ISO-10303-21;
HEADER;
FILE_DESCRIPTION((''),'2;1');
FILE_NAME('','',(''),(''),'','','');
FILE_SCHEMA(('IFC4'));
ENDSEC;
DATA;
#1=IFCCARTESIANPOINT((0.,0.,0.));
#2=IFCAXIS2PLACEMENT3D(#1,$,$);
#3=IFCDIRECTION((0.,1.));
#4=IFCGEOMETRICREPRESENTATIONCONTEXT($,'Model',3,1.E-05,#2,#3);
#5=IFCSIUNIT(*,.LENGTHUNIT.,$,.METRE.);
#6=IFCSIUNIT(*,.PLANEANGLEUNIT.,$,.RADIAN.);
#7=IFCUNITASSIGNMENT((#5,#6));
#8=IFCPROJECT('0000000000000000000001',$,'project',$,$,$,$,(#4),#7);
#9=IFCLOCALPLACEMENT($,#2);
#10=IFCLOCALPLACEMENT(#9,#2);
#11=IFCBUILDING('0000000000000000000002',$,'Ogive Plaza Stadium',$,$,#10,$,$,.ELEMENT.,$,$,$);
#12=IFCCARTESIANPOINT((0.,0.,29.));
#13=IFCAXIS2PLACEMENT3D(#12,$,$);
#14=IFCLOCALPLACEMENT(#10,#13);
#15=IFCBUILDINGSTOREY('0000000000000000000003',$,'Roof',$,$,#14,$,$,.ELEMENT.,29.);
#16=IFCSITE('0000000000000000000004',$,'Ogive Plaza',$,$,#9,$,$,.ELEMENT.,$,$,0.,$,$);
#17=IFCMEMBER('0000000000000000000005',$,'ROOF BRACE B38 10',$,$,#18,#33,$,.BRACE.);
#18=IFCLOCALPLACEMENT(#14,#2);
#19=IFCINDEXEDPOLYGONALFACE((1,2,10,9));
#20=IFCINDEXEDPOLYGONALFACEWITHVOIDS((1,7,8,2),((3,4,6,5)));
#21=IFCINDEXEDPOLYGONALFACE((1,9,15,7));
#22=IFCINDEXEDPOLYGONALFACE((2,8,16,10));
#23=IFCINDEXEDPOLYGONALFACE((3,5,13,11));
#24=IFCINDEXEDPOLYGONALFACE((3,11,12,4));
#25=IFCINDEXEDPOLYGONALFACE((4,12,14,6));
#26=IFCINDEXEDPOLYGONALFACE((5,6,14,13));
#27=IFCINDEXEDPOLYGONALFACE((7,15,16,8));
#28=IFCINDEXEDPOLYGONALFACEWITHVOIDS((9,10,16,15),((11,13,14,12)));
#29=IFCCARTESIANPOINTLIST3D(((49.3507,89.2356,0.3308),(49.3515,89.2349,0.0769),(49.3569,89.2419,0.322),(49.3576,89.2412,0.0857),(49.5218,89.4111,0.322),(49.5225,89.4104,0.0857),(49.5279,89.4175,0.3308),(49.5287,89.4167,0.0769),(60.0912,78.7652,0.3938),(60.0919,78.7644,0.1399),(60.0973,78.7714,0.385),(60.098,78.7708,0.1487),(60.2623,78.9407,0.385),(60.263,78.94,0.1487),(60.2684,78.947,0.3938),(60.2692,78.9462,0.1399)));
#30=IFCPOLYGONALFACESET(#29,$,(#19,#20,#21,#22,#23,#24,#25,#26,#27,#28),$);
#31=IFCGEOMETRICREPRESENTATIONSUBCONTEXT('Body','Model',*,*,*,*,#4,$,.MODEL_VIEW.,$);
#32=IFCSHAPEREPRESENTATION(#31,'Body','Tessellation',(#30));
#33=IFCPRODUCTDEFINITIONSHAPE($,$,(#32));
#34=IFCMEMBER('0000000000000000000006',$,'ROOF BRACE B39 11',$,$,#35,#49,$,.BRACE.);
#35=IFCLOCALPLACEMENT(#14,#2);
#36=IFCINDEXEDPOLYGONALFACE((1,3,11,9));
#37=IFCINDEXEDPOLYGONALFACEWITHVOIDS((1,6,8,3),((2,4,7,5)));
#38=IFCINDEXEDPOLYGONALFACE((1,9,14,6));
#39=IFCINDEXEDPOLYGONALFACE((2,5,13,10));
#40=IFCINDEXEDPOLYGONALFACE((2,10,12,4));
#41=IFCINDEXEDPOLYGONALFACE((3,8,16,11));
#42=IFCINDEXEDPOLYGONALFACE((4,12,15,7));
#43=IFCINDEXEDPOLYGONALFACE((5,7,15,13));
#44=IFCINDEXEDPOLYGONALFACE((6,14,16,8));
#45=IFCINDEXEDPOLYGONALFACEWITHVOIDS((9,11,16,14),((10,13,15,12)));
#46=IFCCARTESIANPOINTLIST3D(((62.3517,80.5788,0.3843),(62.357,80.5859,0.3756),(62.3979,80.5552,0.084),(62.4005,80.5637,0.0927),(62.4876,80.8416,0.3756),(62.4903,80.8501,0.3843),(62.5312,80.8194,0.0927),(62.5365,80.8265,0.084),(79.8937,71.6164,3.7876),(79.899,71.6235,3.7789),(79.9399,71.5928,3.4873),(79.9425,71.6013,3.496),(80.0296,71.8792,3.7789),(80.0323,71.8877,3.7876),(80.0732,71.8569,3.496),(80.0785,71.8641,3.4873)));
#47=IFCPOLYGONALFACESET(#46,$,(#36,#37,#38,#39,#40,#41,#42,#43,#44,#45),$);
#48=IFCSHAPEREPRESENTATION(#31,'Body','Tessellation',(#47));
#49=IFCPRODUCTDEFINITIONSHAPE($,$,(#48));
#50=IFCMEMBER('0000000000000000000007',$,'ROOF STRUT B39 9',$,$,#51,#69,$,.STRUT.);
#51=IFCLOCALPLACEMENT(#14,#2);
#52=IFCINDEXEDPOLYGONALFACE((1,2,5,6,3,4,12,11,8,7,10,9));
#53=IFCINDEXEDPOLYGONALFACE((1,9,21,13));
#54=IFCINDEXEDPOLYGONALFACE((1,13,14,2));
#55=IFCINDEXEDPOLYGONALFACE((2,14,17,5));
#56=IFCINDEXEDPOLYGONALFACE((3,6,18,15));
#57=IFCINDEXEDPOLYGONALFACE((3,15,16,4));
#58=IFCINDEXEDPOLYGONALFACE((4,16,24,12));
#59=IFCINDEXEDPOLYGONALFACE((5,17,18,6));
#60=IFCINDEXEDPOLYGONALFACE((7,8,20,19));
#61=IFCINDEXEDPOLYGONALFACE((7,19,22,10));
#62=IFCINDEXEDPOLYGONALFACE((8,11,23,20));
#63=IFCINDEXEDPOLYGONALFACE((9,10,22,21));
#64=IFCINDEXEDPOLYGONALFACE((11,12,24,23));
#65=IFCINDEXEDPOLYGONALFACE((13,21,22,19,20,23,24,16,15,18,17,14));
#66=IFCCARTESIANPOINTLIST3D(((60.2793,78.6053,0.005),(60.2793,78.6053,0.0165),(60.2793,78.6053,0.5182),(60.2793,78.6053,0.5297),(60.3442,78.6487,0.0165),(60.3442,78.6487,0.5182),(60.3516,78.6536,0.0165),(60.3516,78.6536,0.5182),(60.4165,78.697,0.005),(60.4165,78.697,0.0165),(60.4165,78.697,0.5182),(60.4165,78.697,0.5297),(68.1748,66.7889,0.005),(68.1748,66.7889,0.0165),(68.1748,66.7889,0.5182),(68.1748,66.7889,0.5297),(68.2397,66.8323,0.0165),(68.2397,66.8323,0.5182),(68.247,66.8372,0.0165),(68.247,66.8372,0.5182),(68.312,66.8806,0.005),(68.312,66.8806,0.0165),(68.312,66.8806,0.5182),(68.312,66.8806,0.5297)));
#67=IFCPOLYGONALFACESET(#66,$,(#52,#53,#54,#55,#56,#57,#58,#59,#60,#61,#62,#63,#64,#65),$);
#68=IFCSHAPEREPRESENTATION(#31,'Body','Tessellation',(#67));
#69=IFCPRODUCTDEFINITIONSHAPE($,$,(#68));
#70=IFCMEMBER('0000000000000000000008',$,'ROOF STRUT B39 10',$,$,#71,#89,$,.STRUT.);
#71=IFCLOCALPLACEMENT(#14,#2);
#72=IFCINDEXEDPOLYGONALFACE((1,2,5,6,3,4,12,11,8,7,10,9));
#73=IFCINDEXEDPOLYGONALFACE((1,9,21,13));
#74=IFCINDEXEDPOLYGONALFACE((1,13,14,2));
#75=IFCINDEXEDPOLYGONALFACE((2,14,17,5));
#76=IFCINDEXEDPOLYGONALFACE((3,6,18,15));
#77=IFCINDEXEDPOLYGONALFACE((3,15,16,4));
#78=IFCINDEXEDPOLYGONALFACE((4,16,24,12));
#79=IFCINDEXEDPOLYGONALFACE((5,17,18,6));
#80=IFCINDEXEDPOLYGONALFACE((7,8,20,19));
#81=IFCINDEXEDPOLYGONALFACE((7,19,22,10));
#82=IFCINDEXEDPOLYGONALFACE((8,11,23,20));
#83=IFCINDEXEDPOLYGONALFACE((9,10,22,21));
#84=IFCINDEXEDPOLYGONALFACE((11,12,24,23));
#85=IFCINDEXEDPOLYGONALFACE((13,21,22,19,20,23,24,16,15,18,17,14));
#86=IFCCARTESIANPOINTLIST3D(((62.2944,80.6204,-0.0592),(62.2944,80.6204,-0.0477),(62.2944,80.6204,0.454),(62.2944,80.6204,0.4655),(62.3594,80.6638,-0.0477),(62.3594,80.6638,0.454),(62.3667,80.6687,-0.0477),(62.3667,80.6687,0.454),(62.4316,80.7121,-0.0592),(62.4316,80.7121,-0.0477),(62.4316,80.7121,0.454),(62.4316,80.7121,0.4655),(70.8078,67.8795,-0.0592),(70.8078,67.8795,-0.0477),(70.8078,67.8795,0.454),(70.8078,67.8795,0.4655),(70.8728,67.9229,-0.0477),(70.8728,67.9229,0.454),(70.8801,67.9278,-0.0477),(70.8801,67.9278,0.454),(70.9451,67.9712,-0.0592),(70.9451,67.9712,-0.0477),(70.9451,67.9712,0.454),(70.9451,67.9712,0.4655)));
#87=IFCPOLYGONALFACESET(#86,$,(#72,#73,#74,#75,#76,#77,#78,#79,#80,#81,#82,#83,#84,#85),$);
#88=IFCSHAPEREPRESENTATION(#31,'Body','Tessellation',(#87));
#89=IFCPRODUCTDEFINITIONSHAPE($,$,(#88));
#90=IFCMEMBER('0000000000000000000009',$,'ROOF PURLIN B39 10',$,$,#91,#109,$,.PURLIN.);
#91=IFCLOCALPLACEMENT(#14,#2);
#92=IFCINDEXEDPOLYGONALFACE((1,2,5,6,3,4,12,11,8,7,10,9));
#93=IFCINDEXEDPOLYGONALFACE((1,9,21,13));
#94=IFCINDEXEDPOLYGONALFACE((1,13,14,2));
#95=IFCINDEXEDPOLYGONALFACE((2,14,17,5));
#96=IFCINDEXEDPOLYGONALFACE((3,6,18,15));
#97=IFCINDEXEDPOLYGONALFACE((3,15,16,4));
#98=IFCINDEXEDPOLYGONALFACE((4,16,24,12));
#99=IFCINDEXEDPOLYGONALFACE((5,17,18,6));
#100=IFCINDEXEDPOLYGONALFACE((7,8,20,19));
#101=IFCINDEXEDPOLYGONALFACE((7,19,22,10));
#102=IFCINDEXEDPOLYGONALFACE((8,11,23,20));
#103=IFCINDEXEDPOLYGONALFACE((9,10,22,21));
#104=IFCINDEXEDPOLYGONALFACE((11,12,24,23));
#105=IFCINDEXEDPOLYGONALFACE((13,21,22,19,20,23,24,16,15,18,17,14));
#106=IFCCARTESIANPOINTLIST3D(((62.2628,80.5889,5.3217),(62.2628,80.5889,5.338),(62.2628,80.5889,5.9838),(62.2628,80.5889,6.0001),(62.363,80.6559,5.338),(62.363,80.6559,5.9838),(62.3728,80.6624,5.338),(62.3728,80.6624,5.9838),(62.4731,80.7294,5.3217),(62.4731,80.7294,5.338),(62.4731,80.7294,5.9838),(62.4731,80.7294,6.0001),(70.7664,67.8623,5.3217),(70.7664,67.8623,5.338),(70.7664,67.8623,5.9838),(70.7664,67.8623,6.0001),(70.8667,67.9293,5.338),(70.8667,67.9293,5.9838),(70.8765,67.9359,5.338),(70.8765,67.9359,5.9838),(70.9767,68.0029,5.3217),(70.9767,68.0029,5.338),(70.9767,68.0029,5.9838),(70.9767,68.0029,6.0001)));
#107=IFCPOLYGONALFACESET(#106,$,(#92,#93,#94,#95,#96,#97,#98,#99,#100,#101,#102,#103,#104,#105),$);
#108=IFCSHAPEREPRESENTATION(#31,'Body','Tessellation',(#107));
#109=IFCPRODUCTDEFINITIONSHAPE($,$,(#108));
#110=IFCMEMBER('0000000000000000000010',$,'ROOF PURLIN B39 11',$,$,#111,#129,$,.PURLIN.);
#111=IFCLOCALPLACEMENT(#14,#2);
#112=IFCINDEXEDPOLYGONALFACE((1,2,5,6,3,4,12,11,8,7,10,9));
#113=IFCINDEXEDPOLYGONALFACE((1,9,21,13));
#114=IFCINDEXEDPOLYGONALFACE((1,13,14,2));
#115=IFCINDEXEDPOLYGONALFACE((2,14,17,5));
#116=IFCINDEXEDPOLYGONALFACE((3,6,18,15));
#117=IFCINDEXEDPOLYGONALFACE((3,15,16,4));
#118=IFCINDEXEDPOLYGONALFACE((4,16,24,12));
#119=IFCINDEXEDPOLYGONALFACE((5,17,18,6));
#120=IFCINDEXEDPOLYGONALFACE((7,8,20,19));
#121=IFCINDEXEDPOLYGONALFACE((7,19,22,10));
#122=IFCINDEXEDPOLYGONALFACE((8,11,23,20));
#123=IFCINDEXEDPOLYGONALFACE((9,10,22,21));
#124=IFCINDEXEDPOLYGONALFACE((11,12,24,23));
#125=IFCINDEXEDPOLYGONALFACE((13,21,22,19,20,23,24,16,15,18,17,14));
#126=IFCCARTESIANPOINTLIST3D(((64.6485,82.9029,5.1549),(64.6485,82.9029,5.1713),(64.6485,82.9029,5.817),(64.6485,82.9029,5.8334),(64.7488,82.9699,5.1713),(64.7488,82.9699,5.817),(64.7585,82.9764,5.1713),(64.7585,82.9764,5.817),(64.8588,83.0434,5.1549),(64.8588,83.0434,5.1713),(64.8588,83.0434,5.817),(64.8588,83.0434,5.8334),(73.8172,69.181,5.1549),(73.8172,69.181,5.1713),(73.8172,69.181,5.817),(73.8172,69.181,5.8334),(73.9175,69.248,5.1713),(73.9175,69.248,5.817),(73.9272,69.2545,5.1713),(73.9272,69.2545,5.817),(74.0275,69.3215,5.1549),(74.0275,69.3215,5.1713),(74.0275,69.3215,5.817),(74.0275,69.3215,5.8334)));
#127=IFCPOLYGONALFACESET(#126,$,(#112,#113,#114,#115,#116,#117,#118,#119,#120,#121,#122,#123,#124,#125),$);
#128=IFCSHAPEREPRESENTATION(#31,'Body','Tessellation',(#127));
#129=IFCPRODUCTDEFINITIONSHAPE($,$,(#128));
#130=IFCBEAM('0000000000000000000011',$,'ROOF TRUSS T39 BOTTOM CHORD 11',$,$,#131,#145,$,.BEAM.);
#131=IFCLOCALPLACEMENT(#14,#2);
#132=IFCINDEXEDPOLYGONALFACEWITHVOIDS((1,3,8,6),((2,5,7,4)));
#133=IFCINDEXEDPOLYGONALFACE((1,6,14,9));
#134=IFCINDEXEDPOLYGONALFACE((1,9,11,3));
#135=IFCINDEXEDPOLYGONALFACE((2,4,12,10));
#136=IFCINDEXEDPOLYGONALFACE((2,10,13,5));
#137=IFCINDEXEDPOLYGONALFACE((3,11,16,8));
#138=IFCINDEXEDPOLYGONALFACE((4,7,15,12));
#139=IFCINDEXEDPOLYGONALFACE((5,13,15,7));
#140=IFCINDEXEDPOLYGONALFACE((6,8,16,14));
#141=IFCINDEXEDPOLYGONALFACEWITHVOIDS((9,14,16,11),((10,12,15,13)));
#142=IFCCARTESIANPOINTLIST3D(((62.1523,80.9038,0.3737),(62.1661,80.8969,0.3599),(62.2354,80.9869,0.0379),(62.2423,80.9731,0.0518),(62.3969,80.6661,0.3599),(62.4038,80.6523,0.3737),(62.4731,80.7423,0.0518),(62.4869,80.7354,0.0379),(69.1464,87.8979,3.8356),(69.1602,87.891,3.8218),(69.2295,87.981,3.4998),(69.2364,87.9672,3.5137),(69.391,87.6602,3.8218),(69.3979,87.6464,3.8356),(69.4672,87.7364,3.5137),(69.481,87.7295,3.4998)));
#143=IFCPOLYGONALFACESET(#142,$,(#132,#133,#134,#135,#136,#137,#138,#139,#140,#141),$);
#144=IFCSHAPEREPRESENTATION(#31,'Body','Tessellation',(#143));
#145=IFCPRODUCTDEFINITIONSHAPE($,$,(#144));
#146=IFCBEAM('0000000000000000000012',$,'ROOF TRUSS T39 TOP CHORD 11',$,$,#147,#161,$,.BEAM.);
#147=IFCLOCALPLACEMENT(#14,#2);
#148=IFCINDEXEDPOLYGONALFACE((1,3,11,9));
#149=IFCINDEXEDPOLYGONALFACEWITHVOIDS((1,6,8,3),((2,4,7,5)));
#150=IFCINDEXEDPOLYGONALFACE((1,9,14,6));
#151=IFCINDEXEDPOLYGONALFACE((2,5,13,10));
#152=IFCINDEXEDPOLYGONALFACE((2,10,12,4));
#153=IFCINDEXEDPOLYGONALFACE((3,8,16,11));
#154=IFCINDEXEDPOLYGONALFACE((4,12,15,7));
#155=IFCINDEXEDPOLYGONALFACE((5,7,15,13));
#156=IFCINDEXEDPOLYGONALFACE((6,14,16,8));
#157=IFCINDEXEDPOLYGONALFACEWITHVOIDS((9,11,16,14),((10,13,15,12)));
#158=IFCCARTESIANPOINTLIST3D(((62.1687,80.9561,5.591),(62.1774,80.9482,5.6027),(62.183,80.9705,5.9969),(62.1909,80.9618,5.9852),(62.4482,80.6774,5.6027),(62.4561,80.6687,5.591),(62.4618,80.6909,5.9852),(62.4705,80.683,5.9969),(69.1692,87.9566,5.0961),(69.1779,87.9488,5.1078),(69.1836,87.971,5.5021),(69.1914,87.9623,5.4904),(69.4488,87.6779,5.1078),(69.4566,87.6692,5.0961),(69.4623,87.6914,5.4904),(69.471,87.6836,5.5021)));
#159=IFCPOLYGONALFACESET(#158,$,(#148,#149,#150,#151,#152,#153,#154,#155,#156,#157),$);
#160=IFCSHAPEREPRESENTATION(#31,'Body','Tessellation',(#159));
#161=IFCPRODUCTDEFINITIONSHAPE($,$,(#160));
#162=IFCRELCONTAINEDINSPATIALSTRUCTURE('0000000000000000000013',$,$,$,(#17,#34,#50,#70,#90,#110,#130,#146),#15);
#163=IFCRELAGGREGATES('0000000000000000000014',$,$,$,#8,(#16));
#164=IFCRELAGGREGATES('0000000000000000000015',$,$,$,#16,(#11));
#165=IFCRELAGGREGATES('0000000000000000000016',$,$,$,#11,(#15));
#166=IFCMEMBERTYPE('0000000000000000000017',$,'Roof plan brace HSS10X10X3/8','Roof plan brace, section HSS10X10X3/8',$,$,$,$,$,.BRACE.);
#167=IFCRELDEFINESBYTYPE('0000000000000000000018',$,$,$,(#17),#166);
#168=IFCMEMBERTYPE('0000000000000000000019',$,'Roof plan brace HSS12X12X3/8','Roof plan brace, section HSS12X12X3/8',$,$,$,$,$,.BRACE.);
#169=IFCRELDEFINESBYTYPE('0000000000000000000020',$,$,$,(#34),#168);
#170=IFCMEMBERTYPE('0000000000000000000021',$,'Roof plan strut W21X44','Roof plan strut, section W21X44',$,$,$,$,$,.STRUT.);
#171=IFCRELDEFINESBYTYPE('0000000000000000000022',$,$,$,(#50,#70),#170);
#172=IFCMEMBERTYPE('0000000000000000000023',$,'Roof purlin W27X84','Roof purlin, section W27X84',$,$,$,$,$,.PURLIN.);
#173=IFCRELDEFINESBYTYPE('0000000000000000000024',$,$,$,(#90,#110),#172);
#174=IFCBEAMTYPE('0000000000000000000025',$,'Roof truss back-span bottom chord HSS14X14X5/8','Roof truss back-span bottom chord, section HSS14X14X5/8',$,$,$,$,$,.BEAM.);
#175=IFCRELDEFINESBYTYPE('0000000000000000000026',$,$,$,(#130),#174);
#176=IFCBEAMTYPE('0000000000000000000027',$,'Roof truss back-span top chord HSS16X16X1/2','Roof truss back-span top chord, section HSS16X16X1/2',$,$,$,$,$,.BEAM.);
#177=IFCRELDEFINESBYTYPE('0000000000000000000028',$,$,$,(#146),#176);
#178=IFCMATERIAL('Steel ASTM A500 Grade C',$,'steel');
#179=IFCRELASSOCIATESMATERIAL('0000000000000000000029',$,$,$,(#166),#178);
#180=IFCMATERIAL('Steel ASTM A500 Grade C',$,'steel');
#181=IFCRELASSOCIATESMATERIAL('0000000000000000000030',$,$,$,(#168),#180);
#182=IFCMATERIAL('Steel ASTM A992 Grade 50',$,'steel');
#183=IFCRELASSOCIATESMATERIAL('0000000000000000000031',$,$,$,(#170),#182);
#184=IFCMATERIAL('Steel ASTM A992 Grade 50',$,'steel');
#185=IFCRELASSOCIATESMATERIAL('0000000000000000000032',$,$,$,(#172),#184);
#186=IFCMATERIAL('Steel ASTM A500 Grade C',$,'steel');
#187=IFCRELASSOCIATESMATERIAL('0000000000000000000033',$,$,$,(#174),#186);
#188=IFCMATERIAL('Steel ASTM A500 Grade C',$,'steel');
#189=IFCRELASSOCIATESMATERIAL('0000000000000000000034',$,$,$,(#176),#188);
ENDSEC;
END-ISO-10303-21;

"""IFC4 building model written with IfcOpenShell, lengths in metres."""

from ifc_helpers import new_model, si_unit, direction, frame, origin, origin_2d, place, context, subcontext, project, spatial, hollow_rectangle, i_section, extrude, material, material_profile, profile_set, type_object, element, save


model = new_model("IFC4")

# Units and contexts
model_context = context("Model", 3, precision=1e-05, world=origin(), true_north=direction((0.0, 1.0)))
body_context = subcontext(model_context, "Body", "Model", "MODEL_VIEW")
ifc_project = project(units=[si_unit("LENGTHUNIT", "METRE"), si_unit("PLANEANGLEUNIT", "RADIAN")], contexts=[model_context])

# Site, building, storey
site_placement = place(None, origin())
site = spatial("IfcSite", under=ifc_project, at=site_placement, Name="Ogive Plaza", CompositionType="ELEMENT", RefElevation=0.0)
building_placement = place(site_placement, origin())
building = spatial("IfcBuilding", under=site, at=building_placement, Name="Ogive Plaza Stadium", CompositionType="ELEMENT")
storey_placement = place(building_placement, frame((0.0, 0.0, 29.0)))
storey = spatial("IfcBuildingStorey", under=building, at=storey_placement, Name="Roof", CompositionType="ELEMENT", Elevation=29.0)

# Members
ifc_material_1 = material(Name="Steel ASTM A500 Grade C", Category="steel")
ifc_material_profile_1 = material_profile(ifc_material_1, hollow_rectangle(XDim=0.2539, YDim=0.2539, WallThickness=0.0088, at=origin_2d()), Name="HSS10X10X3/8")
ifc_profile_set_1 = profile_set([ifc_material_profile_1], Name="Steel ASTM A500 Grade C")
member_type_1 = type_object("IfcMemberType", Name="Roof plan brace HSS10X10X3/8", Description="Roof plan brace, section HSS10X10X3/8", PredefinedType="BRACE", material=ifc_profile_set_1)
member_1_placement = place(storey_placement, frame((60.1802, 78.8557, 0.2668), z_axis=(-0.716044, 0.698042, -0.004199), x_axis=(-0.698049, -0.71605, 0.0)))
element("IfcMember", 1, at=member_1_placement, inside=storey, type_object=member_type_1, Name="ROOF BRACE B38 10", PredefinedType="BRACE", context=body_context, shape_type="SweptSolid", body=[
    extrude(hollow_rectangle(XDim=0.2539, YDim=0.2539, WallThickness=0.0088, at=origin_2d()), origin(), (0.0, 0.0, 1.0), 14.9998),
])
ifc_material_2 = material(Name="Steel ASTM A500 Grade C", Category="steel")
ifc_material_profile_2 = material_profile(ifc_material_2, hollow_rectangle(XDim=0.3047, YDim=0.3047, WallThickness=0.0088, at=origin_2d()), Name="HSS12X12X3/8")
ifc_profile_set_2 = profile_set([ifc_material_profile_2], Name="Steel ASTM A500 Grade C")
member_type_2 = type_object("IfcMemberType", Name="Roof plan brace HSS12X12X3/8", Description="Roof plan brace, section HSS12X12X3/8", PredefinedType="BRACE", material=ifc_profile_set_2)
member_2_placement = place(storey_placement, frame((62.4441, 80.7026, 0.2341), z_axis=(0.877507, -0.448328, 0.170245), x_axis=(0.45497, 0.890507, 0.0)))
element("IfcMember", 2, at=member_2_placement, inside=storey, type_object=member_type_2, Name="ROOF BRACE B39 11", PredefinedType="BRACE", context=body_context, shape_type="SweptSolid", body=[
    extrude(hollow_rectangle(XDim=0.3047, YDim=0.3047, WallThickness=0.0088, at=origin_2d()), origin(), (0.0, 0.0, 1.0), 19.9907),
])
ifc_material_3 = material(Name="Steel ASTM A992 Grade 50", Category="steel")
ifc_material_profile_3 = material_profile(ifc_material_3, i_section(OverallWidth=0.165, OverallDepth=0.5247, WebThickness=0.0088, FlangeThickness=0.0115, at=origin_2d()), Name="W21X44")
ifc_profile_set_3 = profile_set([ifc_material_profile_3], Name="Steel ASTM A992 Grade 50")
member_type_3 = type_object("IfcMemberType", Name="Roof plan strut W21X44", Description="Roof plan strut, section W21X44", PredefinedType="STRUT", material=ifc_profile_set_3)
member_3_placement = place(storey_placement, frame((60.3479, 78.6511, 0.2673), z_axis=(0.555572, -0.831468, 0.0), x_axis=(0.831468, 0.555572, 0.0)))
element("IfcMember", 3, at=member_3_placement, inside=storey, type_object=member_type_3, Name="ROOF STRUT B39 9", PredefinedType="STRUT", context=body_context, shape_type="SweptSolid", body=[
    extrude(i_section(OverallWidth=0.165, OverallDepth=0.5247, WebThickness=0.0088, FlangeThickness=0.0115, at=origin_2d()), origin(), (0.0, 0.0, 1.0), 14.2114),
])
member_4_placement = place(storey_placement, frame((62.363, 80.6663, 0.2031), z_axis=(0.555579, -0.831464, 0.0), x_axis=(0.831464, 0.555579, 0.0)))
element("IfcMember", 4, at=member_4_placement, inside=storey, type_object=member_type_3, Name="ROOF STRUT B39 10", PredefinedType="STRUT", context=body_context, shape_type="SweptSolid", body=[
    extrude(i_section(OverallWidth=0.165, OverallDepth=0.5247, WebThickness=0.0088, FlangeThickness=0.0115, at=origin_2d()), origin(), (0.0, 0.0, 1.0), 15.3235),
])
ifc_material_4 = material(Name="Steel ASTM A992 Grade 50", Category="steel")
ifc_material_profile_4 = material_profile(ifc_material_4, i_section(OverallWidth=0.2529, OverallDepth=0.6785, WebThickness=0.0117, FlangeThickness=0.0164, at=origin_2d()), Name="W27X84")
ifc_profile_set_4 = profile_set([ifc_material_profile_4], Name="Steel ASTM A992 Grade 50")
member_type_4 = type_object("IfcMemberType", Name="Roof purlin W27X84", Description="Roof purlin, section W27X84", PredefinedType="PURLIN", material=ifc_profile_set_4)
member_5_placement = place(storey_placement, frame((62.3679, 80.6592, 5.6609), z_axis=(0.555572, -0.831468, 0.0), x_axis=(0.831468, 0.555572, 0.0)))
element("IfcMember", 5, at=member_5_placement, inside=storey, type_object=member_type_4, Name="ROOF PURLIN B39 10", PredefinedType="PURLIN", context=body_context, shape_type="SweptSolid", body=[
    extrude(i_section(OverallWidth=0.2529, OverallDepth=0.6785, WebThickness=0.0117, FlangeThickness=0.0164, at=origin_2d()), origin(), (0.0, 0.0, 1.0), 15.3062),
])
member_6_placement = place(storey_placement, frame((64.7537, 82.9731, 5.4941), z_axis=(0.55557, -0.831469, 0.0), x_axis=(0.831469, 0.55557, 0.0)))
element("IfcMember", 6, at=member_6_placement, inside=storey, type_object=member_type_4, Name="ROOF PURLIN B39 11", PredefinedType="PURLIN", context=body_context, shape_type="SweptSolid", body=[
    extrude(i_section(OverallWidth=0.2529, OverallDepth=0.6785, WebThickness=0.0117, FlangeThickness=0.0164, at=origin_2d()), origin(), (0.0, 0.0, 1.0), 16.5032),
])

# Beams
ifc_material_5 = material(Name="Steel ASTM A500 Grade C", Category="steel")
ifc_material_profile_5 = material_profile(ifc_material_5, hollow_rectangle(XDim=0.3557, YDim=0.3557, WallThickness=0.0146, at=origin_2d()), Name="HSS14X14X5/8")
ifc_profile_set_5 = profile_set([ifc_material_profile_5], Name="Steel ASTM A500 Grade C")
beam_type_1 = type_object("IfcBeamType", Name="Roof truss back-span bottom chord HSS14X14X5/8", Description="Roof truss back-span bottom chord, section HSS14X14X5/8", PredefinedType="BEAM", material=ifc_profile_set_5)
beam_1_placement = place(storey_placement, frame((62.3196, 80.8196, 0.2058), z_axis=(0.667409, 0.667409, 0.33035), x_axis=(-0.707107, 0.707107, 0.0)))
element("IfcBeam", 7, at=beam_1_placement, inside=storey, type_object=beam_type_1, Name="ROOF TRUSS T39 BOTTOM CHORD 11", PredefinedType="BEAM", context=body_context, shape_type="SweptSolid", body=[
    extrude(hollow_rectangle(XDim=0.3557, YDim=0.3557, WallThickness=0.0146, at=origin_2d()), origin(), (0.0, 0.0, 1.0), 10.4795),
])
ifc_material_6 = material(Name="Steel ASTM A500 Grade C", Category="steel")
ifc_material_profile_6 = material_profile(ifc_material_6, hollow_rectangle(XDim=0.4065, YDim=0.4065, WallThickness=0.0117, at=origin_2d()), Name="HSS16X16X1/2")
ifc_profile_set_6 = profile_set([ifc_material_profile_6], Name="Steel ASTM A500 Grade C")
beam_type_2 = type_object("IfcBeamType", Name="Roof truss back-span top chord HSS16X16X1/2", Description="Roof truss back-span top chord, section HSS16X16X1/2", PredefinedType="BEAM", material=ifc_profile_set_6)
beam_2_placement = place(storey_placement, frame((62.3196, 80.8196, 5.7939), z_axis=(0.706225, 0.706225, -0.049924), x_axis=(-0.707107, 0.707107, 0.0)))
element("IfcBeam", 8, at=beam_2_placement, inside=storey, type_object=beam_type_2, Name="ROOF TRUSS T39 TOP CHORD 11", PredefinedType="BEAM", context=body_context, shape_type="SweptSolid", body=[
    extrude(hollow_rectangle(XDim=0.4065, YDim=0.4065, WallThickness=0.0117, at=origin_2d()), origin(), (0.0, 0.0, 1.0), 9.9126),
])

save(model, "model.ifc")
